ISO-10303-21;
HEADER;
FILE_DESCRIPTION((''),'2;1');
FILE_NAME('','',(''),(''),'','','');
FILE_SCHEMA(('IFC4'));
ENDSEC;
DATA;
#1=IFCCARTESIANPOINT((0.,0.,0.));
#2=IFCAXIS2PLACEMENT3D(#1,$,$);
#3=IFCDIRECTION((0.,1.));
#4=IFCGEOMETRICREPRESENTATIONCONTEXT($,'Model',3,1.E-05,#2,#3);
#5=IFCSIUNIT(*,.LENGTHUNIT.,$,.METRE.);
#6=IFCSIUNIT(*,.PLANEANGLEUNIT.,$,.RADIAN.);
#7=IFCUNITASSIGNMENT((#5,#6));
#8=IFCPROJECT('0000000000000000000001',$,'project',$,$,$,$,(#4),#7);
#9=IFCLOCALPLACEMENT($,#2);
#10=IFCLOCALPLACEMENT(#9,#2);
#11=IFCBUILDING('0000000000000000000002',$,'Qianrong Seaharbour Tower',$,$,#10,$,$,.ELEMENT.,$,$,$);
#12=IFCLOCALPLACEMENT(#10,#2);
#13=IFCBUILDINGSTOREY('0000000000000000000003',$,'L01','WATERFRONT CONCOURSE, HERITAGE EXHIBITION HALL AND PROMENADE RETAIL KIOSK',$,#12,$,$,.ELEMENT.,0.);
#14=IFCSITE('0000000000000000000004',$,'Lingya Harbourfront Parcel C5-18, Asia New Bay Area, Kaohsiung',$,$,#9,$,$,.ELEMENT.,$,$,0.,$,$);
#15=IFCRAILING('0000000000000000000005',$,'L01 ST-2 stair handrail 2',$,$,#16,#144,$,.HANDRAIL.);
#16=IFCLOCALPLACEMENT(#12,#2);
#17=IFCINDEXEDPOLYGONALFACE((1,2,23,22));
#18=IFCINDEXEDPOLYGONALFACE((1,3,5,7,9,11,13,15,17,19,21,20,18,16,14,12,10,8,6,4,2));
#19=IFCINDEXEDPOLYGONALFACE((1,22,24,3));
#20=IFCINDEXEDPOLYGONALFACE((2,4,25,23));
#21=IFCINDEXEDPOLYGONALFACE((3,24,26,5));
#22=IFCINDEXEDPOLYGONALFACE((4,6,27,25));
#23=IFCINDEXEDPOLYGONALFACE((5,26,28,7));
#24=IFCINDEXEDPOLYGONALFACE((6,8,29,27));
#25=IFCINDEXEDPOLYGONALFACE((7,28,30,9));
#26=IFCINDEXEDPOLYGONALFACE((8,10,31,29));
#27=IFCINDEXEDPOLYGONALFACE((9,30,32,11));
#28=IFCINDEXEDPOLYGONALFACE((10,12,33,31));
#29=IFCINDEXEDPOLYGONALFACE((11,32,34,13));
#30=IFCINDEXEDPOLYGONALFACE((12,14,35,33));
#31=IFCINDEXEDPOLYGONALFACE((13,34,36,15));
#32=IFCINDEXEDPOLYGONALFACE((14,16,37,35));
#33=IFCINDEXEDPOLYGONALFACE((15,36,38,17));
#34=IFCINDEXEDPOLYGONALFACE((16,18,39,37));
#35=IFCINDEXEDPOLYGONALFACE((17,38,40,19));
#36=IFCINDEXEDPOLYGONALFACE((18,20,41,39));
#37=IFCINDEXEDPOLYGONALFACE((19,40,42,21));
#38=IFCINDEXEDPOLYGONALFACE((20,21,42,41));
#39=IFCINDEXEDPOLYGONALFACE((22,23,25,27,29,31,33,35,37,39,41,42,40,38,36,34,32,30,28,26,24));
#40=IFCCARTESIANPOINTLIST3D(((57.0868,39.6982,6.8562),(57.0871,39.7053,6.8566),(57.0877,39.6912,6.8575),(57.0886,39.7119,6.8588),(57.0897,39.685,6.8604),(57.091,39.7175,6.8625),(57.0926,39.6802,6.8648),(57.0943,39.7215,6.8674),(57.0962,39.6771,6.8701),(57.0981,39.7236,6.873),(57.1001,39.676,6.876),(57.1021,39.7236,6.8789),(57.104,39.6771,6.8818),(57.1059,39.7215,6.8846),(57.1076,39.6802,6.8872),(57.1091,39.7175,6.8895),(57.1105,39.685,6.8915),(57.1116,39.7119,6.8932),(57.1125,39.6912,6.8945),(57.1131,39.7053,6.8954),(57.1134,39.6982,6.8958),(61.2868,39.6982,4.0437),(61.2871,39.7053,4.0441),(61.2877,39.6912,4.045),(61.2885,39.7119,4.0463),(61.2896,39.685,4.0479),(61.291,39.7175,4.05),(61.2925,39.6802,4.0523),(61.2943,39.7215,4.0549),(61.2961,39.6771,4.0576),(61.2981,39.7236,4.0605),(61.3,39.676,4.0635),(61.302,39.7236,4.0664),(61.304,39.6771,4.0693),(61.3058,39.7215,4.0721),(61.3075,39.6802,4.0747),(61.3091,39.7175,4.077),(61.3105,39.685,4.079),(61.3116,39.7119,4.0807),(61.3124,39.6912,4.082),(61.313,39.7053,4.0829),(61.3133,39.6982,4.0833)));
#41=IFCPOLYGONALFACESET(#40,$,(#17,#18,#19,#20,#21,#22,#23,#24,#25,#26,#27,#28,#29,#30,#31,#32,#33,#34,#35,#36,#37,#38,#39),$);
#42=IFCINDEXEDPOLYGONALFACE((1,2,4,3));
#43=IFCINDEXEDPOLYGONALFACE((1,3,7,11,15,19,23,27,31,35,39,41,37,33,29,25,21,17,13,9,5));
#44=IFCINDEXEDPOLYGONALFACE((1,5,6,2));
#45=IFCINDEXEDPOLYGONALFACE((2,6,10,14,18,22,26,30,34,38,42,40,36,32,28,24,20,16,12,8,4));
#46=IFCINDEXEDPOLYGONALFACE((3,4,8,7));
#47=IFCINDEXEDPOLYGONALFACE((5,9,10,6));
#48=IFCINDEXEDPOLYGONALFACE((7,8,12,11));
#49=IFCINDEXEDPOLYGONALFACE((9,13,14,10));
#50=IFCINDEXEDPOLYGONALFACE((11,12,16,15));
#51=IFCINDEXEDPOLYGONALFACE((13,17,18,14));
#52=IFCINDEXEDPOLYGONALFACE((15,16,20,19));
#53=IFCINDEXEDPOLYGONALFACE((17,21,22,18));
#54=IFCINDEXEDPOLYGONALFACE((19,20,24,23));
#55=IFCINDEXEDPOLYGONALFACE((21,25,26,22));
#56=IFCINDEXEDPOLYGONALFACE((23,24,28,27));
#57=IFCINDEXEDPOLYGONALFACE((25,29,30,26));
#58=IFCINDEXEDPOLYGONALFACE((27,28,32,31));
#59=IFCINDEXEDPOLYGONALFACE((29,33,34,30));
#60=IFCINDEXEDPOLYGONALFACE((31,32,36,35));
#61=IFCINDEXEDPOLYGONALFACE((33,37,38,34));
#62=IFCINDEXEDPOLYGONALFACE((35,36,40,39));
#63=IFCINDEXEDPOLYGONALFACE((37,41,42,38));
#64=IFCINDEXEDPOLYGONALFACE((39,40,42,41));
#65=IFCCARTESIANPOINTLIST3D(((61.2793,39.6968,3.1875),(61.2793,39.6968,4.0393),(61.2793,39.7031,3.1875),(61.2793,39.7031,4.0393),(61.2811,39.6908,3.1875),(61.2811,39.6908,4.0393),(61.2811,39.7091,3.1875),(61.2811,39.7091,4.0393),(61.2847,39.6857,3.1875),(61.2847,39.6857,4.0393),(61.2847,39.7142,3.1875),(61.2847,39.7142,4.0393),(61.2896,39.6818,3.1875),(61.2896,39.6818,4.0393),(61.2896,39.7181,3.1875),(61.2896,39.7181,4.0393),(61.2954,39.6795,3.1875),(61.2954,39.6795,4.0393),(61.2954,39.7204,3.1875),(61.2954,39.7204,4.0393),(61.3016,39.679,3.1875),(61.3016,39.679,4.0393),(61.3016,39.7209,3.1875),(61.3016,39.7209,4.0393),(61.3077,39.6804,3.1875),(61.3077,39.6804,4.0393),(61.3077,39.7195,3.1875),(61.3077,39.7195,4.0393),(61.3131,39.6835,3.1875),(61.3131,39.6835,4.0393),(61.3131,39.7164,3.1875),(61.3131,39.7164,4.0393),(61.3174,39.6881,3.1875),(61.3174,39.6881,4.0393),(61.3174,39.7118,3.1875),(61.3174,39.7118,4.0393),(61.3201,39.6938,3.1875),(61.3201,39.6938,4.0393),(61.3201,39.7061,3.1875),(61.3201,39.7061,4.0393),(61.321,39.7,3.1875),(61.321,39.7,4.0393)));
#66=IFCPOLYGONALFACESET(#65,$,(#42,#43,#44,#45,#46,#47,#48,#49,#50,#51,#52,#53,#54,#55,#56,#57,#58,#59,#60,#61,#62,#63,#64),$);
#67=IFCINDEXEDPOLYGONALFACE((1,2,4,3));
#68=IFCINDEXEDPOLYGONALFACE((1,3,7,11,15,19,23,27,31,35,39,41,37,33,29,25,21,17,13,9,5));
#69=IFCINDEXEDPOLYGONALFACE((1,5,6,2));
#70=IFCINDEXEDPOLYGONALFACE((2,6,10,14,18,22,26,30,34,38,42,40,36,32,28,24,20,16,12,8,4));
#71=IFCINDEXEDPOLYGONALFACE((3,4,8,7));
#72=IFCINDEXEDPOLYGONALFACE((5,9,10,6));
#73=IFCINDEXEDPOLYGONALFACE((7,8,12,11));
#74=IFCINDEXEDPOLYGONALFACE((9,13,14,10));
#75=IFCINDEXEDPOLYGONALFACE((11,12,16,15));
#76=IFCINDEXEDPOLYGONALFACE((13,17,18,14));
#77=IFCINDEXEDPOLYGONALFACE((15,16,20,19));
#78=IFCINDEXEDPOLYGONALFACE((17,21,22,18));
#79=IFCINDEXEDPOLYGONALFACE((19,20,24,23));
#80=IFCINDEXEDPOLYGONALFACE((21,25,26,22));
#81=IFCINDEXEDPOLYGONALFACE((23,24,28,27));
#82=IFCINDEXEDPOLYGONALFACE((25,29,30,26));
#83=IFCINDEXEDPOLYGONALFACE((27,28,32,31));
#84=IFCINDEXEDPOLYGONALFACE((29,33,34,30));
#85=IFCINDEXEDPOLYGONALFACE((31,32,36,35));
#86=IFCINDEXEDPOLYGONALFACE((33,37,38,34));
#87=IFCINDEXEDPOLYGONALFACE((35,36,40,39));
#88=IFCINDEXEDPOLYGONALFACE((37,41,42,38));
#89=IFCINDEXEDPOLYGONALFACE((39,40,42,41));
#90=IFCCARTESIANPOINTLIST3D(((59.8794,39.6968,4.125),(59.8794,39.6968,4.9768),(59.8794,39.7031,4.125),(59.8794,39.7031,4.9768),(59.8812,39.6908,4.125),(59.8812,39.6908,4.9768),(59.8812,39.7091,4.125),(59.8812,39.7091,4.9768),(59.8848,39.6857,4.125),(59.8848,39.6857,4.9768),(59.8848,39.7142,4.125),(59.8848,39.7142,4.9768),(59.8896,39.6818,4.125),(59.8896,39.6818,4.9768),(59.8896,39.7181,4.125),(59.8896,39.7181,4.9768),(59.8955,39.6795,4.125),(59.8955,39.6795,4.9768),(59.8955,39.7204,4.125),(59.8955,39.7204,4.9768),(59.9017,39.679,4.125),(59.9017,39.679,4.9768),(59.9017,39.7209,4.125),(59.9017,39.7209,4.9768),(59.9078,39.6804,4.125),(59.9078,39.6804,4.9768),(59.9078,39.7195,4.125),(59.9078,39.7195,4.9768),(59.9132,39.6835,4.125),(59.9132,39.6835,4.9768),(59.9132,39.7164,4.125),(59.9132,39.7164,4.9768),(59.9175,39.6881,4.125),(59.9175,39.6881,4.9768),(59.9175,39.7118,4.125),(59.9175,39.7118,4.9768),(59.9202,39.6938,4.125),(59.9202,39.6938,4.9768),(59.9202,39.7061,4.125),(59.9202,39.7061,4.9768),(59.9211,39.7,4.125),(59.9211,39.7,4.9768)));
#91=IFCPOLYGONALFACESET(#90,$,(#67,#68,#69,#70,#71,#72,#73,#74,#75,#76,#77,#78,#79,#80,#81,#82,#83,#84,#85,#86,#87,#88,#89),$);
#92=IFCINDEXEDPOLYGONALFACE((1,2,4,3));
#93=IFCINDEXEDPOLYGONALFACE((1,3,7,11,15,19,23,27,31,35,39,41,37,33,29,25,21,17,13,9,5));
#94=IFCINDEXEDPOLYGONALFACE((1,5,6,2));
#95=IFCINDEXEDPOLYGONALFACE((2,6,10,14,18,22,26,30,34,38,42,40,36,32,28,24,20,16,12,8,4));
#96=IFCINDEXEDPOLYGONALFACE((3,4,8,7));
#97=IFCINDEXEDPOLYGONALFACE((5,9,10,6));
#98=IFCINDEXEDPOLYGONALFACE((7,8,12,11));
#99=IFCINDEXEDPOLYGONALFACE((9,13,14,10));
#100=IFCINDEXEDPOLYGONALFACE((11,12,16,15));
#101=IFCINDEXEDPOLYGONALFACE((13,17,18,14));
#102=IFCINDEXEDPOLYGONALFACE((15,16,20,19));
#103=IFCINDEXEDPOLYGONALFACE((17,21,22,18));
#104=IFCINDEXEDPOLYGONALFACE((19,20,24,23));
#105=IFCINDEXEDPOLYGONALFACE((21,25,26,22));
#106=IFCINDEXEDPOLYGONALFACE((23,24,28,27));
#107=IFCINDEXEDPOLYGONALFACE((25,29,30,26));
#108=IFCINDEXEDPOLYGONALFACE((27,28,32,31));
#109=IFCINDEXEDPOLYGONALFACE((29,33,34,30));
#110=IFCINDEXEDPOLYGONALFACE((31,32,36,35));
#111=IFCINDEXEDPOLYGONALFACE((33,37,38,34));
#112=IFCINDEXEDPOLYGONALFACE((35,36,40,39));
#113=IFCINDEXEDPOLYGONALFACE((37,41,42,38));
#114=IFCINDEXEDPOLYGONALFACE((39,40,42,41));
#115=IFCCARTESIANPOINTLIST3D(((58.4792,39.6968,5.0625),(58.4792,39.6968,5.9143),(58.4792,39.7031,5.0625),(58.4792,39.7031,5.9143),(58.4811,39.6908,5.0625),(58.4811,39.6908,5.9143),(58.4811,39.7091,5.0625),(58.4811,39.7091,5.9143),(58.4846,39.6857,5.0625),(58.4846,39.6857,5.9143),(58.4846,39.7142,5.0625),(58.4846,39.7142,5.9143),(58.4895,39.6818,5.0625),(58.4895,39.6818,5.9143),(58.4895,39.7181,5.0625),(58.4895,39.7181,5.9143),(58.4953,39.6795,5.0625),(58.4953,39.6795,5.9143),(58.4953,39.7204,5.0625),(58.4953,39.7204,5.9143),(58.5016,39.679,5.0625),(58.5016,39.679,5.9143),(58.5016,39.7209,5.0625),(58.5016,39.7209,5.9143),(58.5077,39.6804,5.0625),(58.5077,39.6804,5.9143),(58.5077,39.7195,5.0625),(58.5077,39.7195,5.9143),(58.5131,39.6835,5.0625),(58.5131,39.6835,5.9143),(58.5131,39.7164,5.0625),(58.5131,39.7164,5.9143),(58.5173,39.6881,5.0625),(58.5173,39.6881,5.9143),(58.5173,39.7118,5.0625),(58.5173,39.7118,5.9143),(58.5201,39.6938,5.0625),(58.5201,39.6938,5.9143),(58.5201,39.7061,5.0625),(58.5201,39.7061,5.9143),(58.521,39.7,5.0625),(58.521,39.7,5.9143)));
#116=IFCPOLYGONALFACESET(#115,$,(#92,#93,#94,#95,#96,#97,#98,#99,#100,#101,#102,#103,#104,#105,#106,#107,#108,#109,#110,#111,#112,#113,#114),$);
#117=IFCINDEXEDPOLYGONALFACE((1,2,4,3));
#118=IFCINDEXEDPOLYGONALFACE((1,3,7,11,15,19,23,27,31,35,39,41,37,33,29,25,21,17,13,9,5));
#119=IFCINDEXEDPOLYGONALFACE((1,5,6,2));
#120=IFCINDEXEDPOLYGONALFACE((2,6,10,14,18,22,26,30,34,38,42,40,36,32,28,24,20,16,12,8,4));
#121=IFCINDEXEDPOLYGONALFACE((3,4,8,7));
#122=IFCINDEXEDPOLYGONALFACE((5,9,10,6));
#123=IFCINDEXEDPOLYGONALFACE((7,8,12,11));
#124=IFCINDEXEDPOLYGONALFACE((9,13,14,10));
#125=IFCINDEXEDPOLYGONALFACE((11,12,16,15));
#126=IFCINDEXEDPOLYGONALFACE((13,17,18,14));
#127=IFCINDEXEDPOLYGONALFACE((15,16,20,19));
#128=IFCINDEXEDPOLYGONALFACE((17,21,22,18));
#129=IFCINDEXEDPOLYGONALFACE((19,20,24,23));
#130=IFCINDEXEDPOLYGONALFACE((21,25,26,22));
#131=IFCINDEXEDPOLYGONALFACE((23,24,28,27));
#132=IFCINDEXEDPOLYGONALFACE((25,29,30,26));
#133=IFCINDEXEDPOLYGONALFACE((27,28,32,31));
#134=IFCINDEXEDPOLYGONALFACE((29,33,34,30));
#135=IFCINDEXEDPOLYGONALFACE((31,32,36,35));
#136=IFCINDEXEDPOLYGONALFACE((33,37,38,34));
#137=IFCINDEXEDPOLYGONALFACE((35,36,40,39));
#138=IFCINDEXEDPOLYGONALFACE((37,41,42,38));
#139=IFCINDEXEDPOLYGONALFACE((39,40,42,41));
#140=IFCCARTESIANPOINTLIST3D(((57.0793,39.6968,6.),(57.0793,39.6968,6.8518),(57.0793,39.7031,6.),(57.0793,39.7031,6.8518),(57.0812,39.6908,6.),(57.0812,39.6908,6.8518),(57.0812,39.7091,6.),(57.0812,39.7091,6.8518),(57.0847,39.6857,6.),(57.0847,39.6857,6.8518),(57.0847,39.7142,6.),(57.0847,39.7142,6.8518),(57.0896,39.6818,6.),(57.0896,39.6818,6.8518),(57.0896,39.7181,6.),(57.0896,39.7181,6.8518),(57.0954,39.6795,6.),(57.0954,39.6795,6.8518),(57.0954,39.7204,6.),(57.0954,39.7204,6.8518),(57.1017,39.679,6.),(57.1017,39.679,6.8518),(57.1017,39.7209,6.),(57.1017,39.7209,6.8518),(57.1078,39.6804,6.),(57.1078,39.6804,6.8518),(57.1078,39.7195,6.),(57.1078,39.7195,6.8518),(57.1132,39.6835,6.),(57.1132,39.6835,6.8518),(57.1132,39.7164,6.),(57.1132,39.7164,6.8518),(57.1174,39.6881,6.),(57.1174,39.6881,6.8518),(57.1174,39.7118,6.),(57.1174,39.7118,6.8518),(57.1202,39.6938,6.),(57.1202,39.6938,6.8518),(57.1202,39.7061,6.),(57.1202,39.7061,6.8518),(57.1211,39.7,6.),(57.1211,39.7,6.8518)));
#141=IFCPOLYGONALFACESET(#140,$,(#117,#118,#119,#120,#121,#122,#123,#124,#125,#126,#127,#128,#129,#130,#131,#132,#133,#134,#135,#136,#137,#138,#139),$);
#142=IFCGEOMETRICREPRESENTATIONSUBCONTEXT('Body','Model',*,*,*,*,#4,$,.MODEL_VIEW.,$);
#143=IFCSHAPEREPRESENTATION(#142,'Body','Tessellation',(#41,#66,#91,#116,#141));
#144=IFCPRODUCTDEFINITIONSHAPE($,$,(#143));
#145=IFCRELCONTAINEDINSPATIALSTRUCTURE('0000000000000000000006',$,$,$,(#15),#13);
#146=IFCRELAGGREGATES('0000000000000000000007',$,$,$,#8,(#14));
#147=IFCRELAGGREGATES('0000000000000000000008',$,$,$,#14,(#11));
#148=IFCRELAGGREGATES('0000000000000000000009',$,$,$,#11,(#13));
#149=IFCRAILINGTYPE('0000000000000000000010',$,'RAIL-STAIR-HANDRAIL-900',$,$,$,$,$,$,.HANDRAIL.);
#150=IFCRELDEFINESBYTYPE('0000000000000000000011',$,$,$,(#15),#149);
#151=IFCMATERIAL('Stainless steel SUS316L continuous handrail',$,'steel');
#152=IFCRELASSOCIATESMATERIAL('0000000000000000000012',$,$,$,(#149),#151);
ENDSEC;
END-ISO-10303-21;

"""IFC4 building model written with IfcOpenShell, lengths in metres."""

from ifc_helpers import new_model, si_unit, direction, frame, origin, origin_2d, place, context, subcontext, project, spatial, circle, extrude, material, type_object, element, save


model = new_model("IFC4")

# Units and contexts
model_context = context("Model", 3, precision=1e-05, world=origin(), true_north=direction((0.0, 1.0)))
body_context = subcontext(model_context, "Body", "Model", "MODEL_VIEW")
ifc_project = project(units=[si_unit("LENGTHUNIT", "METRE"), si_unit("PLANEANGLEUNIT", "RADIAN")], contexts=[model_context])

# Site, building, storey
site_placement = place(None, origin())
site = spatial("IfcSite", under=ifc_project, at=site_placement, Name="Lingya Harbourfront Parcel C5-18, Asia New Bay Area, Kaohsiung", CompositionType="ELEMENT", RefElevation=0.0)
building_placement = place(site_placement, origin())
building = spatial("IfcBuilding", under=site, at=building_placement, Name="Qianrong Seaharbour Tower", CompositionType="ELEMENT")
storey_placement = place(building_placement, origin())
storey = spatial("IfcBuildingStorey", under=building, at=storey_placement, Name="L01", Description="WATERFRONT CONCOURSE, HERITAGE EXHIBITION HALL AND PROMENADE RETAIL KIOSK", CompositionType="ELEMENT", Elevation=0.0)

# Railing
ifc_material_1 = material(Name="Stainless steel SUS316L continuous handrail", Category="steel")
railing_type_1 = type_object("IfcRailingType", Name="RAIL-STAIR-HANDRAIL-900", PredefinedType="HANDRAIL", material=ifc_material_1)
railing_1_placement = place(storey_placement, frame((61.3, 39.7, 3.1875)))
element("IfcRailing", 1, at=railing_1_placement, inside=storey, type_object=railing_type_1, Name="L01 ST-2 stair handrail 2", PredefinedType="HANDRAIL", context=body_context, shape_type="SweptSolid", body=[
    extrude(circle(Radius=0.0239, at=origin_2d()), frame((0.0, 0.0, 0.876), z_axis=(-0.830904, 0.0, 0.556416), x_axis=(0.0, -1.0, 0.0)), (0.0, 0.0, 1.0), 5.0547),
    extrude(circle(Radius=0.021, at=origin_2d()), origin(), (0.0, 0.0, 1.0), 0.8518),
    extrude(circle(Radius=0.021, at=origin_2d()), frame((-1.3999, 0.0, 0.9375)), (0.0, 0.0, 1.0), 0.8518),
    extrude(circle(Radius=0.021, at=origin_2d()), frame((-2.8, 0.0, 1.875)), (0.0, 0.0, 1.0), 0.8518),
    extrude(circle(Radius=0.021, at=origin_2d()), frame((-4.2, 0.0, 2.8125)), (0.0, 0.0, 1.0), 0.8518),
])

save(model, "model.ifc")
